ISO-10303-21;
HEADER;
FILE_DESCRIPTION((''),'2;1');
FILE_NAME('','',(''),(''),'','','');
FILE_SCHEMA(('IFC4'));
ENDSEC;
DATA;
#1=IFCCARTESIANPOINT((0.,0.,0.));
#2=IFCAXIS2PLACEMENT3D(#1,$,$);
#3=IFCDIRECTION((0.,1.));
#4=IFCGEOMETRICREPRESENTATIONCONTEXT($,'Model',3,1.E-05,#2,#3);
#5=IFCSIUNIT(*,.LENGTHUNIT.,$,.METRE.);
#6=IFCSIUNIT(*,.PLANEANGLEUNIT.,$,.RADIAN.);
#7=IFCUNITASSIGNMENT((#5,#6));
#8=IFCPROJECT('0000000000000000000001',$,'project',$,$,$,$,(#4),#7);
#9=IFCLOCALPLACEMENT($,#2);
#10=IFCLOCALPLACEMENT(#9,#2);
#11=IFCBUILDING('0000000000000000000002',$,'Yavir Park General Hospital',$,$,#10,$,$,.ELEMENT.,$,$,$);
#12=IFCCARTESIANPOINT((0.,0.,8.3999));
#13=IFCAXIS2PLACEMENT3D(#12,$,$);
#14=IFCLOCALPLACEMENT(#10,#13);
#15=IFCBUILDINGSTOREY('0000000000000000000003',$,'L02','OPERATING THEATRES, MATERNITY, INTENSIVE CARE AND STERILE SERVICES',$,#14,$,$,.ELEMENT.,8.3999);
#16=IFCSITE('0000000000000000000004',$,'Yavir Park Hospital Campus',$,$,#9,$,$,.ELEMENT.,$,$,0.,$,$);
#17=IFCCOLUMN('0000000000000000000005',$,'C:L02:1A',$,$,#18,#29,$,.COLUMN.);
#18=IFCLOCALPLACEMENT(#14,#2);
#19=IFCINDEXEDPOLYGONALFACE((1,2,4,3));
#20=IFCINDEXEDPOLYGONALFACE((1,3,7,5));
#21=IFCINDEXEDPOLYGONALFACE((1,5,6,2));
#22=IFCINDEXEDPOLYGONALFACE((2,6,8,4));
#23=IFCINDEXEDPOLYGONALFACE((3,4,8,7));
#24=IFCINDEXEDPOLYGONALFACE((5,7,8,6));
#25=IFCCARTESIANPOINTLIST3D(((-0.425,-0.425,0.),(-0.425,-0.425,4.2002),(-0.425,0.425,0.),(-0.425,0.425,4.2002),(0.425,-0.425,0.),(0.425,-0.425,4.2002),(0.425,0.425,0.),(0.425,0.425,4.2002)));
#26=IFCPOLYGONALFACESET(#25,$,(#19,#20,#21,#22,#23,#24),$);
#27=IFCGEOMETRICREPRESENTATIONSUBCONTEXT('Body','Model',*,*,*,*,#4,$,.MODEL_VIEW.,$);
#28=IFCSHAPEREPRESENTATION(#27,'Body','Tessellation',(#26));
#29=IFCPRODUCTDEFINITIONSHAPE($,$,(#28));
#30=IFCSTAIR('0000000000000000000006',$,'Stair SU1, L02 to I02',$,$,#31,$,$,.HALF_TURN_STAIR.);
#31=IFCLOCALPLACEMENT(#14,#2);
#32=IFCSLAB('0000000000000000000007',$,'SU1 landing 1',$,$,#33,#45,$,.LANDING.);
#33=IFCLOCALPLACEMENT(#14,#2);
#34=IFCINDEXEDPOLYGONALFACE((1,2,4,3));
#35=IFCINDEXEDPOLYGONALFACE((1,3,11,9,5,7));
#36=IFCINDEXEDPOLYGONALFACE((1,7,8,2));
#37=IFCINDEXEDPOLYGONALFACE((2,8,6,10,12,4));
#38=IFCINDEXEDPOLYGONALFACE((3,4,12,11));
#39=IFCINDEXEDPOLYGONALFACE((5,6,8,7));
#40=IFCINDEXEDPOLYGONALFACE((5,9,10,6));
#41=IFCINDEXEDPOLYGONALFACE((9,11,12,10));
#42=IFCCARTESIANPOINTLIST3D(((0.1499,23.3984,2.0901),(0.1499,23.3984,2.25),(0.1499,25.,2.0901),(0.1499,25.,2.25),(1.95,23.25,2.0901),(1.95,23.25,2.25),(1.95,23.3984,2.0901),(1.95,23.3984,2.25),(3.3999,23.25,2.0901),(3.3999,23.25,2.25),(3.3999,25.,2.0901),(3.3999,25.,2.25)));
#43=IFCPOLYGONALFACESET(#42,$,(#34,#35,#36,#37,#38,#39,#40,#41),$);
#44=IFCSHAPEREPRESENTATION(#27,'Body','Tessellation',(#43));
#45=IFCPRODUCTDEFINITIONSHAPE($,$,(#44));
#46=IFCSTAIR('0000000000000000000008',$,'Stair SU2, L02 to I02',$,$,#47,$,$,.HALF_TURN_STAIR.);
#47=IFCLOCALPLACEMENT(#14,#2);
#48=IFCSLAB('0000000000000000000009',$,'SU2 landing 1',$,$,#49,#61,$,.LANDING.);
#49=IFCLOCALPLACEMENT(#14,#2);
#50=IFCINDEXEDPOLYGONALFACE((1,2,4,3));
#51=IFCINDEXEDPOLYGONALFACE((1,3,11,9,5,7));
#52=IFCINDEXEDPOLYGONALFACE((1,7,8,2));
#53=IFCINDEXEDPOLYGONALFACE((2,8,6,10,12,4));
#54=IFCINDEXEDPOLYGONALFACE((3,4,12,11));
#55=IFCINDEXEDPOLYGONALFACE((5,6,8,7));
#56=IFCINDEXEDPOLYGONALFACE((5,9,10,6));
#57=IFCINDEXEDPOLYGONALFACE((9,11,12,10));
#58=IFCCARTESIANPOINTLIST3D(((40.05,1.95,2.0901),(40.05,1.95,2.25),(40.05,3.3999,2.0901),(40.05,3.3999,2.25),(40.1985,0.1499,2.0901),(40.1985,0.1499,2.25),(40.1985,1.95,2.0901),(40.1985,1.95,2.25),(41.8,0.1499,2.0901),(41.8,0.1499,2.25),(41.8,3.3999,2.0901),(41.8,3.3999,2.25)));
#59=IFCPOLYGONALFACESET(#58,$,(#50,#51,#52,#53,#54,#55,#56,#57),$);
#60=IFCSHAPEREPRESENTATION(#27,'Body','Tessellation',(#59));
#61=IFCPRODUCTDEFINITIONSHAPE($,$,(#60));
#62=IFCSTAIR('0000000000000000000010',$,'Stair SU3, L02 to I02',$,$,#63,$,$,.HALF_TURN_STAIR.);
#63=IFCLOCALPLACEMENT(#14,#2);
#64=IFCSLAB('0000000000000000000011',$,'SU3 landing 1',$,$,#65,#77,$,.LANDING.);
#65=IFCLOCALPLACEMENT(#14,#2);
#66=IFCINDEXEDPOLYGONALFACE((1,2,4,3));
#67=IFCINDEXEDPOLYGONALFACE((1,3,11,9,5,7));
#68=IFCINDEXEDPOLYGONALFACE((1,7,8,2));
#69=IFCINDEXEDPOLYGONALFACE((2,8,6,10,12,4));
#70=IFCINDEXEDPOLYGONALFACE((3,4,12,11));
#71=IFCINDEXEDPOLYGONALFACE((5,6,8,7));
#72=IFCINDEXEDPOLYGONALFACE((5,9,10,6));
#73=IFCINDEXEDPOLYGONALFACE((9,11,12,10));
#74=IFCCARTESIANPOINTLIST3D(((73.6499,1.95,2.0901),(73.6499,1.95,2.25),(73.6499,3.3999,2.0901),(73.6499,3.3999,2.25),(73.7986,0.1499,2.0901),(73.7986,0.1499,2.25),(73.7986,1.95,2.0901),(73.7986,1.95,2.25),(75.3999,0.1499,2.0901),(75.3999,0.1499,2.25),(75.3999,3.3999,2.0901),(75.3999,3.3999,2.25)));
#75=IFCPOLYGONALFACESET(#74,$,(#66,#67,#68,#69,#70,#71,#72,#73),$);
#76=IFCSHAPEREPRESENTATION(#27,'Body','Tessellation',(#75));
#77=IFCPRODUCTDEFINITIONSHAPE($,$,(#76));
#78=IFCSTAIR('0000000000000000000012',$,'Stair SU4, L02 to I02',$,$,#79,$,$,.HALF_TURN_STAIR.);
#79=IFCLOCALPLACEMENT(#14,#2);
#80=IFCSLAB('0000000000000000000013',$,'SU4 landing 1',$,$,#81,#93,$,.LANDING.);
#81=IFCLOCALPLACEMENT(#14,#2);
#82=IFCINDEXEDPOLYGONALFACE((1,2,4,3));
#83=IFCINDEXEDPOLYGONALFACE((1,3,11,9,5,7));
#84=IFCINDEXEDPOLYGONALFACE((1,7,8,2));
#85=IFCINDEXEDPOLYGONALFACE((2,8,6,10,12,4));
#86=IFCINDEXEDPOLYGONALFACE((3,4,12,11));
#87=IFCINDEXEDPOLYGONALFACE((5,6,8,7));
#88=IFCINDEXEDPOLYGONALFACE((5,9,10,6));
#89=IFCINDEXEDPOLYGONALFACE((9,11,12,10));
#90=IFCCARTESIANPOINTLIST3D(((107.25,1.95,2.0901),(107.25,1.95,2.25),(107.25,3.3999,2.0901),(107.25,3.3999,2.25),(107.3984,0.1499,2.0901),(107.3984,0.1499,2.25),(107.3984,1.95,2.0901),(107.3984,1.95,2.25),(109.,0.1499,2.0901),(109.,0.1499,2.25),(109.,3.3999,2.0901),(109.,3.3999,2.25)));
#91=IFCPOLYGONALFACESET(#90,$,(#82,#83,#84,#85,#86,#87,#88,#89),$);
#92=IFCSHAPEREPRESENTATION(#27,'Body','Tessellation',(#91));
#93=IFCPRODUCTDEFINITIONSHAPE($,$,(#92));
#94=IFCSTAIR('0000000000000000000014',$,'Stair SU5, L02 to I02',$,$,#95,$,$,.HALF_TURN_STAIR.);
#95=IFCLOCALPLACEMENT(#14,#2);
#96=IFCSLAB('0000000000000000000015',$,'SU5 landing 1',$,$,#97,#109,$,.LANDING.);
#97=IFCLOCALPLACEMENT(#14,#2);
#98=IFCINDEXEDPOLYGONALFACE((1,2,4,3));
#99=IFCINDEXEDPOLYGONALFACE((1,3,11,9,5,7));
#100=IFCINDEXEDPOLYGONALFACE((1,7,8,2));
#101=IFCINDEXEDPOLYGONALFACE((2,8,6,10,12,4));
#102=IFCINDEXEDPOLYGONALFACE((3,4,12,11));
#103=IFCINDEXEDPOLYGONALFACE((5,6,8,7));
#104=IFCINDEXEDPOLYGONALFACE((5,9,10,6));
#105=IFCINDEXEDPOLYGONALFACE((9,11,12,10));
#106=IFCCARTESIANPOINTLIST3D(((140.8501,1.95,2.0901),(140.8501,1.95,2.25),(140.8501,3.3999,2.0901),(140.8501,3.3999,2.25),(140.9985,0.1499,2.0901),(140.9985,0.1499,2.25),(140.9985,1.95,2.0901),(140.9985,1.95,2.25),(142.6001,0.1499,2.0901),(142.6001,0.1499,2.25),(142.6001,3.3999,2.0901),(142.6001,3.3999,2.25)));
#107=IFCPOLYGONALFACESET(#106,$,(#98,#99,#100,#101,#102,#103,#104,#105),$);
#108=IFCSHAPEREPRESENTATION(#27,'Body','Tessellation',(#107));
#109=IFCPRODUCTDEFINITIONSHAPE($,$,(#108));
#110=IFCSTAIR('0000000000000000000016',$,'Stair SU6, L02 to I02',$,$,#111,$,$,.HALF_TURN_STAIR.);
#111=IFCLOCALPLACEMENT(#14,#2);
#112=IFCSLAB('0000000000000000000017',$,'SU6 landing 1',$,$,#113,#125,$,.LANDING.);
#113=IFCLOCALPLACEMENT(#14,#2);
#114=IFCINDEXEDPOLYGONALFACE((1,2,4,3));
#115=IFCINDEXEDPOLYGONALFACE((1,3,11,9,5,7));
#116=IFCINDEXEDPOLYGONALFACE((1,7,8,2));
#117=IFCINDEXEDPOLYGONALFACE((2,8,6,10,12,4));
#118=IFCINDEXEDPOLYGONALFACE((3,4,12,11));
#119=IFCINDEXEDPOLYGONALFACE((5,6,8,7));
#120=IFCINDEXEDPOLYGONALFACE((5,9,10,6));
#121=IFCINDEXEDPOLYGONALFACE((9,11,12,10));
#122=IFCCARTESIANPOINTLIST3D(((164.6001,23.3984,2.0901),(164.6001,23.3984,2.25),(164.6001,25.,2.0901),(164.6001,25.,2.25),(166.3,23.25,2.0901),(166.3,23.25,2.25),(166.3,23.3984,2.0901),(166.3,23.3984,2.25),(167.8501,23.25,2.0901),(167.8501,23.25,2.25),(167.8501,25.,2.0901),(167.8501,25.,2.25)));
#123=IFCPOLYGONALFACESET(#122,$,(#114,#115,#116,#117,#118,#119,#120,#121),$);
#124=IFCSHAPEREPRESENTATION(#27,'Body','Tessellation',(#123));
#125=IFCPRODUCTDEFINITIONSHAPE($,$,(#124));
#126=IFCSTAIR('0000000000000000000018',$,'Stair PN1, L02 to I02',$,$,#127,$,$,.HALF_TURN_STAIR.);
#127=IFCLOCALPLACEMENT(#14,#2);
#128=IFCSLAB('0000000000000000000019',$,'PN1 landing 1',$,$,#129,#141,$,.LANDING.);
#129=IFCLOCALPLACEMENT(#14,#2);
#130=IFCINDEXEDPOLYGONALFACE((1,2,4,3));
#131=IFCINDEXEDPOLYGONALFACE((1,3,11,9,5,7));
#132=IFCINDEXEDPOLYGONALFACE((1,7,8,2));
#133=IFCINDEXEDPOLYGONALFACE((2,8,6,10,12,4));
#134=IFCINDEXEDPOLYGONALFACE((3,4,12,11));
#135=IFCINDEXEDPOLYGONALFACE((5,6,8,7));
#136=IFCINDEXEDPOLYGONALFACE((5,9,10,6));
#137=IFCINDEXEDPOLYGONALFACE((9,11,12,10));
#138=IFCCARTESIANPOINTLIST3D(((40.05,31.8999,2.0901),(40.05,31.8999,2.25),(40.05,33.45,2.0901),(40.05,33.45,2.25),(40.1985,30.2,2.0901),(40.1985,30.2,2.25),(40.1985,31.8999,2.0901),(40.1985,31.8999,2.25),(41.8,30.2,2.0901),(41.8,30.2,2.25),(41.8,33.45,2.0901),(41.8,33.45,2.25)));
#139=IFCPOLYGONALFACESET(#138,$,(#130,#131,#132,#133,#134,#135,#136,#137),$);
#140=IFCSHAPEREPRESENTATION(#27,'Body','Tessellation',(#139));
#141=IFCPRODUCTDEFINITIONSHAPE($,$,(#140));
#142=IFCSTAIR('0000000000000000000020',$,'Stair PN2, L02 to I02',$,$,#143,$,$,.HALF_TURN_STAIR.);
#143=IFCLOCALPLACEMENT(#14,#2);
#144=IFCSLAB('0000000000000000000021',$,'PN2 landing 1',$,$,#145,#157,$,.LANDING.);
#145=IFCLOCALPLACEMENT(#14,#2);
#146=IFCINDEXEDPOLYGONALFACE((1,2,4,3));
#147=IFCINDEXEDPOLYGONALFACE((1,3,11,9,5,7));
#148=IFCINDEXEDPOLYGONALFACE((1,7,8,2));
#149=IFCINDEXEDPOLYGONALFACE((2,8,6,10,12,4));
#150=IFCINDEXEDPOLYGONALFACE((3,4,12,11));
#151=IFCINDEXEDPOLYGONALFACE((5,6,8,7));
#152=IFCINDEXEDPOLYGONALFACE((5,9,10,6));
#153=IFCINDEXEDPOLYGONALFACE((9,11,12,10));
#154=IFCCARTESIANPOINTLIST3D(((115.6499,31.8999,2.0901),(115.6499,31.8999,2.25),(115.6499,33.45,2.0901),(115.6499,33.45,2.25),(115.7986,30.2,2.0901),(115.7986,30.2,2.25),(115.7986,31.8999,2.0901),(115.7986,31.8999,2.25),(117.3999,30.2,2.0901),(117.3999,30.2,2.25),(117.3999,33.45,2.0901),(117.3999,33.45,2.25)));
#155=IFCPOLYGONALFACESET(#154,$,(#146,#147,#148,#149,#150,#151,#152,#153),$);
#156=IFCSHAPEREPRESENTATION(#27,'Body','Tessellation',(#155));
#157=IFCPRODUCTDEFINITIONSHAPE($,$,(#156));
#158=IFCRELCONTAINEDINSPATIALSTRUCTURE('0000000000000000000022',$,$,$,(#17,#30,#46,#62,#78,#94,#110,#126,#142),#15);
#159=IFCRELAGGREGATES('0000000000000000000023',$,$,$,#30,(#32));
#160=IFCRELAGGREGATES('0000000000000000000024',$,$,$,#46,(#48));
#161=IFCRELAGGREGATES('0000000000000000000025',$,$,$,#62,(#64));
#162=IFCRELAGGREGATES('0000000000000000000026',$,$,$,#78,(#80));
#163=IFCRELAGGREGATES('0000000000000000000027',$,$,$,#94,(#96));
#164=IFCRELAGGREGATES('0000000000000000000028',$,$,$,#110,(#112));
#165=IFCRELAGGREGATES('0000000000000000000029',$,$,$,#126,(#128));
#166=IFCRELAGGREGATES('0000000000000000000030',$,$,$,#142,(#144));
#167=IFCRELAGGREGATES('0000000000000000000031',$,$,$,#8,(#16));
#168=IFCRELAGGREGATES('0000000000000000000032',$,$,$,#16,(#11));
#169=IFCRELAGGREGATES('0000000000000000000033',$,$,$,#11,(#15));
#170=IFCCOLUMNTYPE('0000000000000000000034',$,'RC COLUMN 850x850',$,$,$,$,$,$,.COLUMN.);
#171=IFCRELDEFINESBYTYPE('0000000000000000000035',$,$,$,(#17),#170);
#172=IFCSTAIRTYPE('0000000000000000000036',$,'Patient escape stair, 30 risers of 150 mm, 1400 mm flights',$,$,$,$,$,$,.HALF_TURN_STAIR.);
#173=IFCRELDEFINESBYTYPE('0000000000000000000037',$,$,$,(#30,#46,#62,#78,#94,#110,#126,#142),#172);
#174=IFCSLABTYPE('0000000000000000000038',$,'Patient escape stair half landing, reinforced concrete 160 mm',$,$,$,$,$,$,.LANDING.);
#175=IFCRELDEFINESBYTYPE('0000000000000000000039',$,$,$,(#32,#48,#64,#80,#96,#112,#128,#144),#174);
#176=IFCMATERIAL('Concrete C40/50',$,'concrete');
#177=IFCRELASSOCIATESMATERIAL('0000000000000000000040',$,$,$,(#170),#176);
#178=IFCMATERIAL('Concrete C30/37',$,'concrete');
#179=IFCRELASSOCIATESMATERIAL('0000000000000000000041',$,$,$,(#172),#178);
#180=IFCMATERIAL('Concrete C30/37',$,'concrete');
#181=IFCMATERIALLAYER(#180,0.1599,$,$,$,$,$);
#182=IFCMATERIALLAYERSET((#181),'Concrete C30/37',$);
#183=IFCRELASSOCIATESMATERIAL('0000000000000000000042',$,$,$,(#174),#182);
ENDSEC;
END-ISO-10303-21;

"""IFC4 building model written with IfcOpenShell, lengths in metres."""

from ifc_helpers import new_model, si_unit, direction, frame, origin, origin_with_axes, origin_2d, place, context, subcontext, project, spatial, polyline, rectangle, outline, extrude, material, layer, layer_set, material_profile, profile_set, type_object, element, aggregate, save


model = new_model("IFC4")

# Units and contexts
model_context = context("Model", 3, precision=1e-05, world=origin(), true_north=direction((0.0, 1.0)))
body_context = subcontext(model_context, "Body", "Model", "MODEL_VIEW")
ifc_project = project(units=[si_unit("LENGTHUNIT", "METRE"), si_unit("PLANEANGLEUNIT", "RADIAN")], contexts=[model_context])

# Site, building, storey
site_placement = place(None, origin())
site = spatial("IfcSite", under=ifc_project, at=site_placement, Name="Yavir Park Hospital Campus", CompositionType="ELEMENT", RefElevation=0.0)
building_placement = place(site_placement, origin())
building = spatial("IfcBuilding", under=site, at=building_placement, Name="Yavir Park General Hospital", CompositionType="ELEMENT")
storey_placement = place(building_placement, frame((0.0, 0.0, 8.3999)))
storey = spatial("IfcBuildingStorey", under=building, at=storey_placement, Name="L02", Description="OPERATING THEATRES, MATERNITY, INTENSIVE CARE AND STERILE SERVICES", CompositionType="ELEMENT", Elevation=8.3999)

# Column
ifc_material_1 = material(Name="Concrete C40/50", Category="concrete")
ifc_material_profile = material_profile(ifc_material_1, rectangle(XDim=0.8501, YDim=0.8501, at=origin_2d()), Name="RC850x850")
ifc_profile_set = profile_set([ifc_material_profile], Name="Concrete C40/50")
column_type = type_object("IfcColumnType", Name="RC COLUMN 850x850", PredefinedType="COLUMN", material=ifc_profile_set)
column_placement = place(storey_placement, origin_with_axes())
element("IfcColumn", 1, at=column_placement, inside=storey, type_object=column_type, Name="C:L02:1A", PredefinedType="COLUMN", context=body_context, shape_type="SweptSolid", body=[
    extrude(rectangle(XDim=0.8501, YDim=0.8501, at=origin_2d()), origin(), (0.0, 0.0, 1.0), 4.2002),
])

# Stairs, slabs
ifc_material_2 = material(Name="Concrete C30/37", Category="concrete")
stair_type = type_object("IfcStairType", Name="Patient escape stair, 30 risers of 150 mm, 1400 mm flights", PredefinedType="HALF_TURN_STAIR", material=ifc_material_2)
stair_1_placement = place(storey_placement, origin())
stair_1 = element("IfcStair", 2, at=stair_1_placement, inside=storey, type_object=stair_type, Name="Stair SU1, L02 to I02", PredefinedType="HALF_TURN_STAIR")
ifc_material_3 = material(Name="Concrete C30/37", Category="concrete")
ifc_layer_1 = layer(ifc_material_3, 0.1599)
ifc_layer_set_1 = layer_set([ifc_layer_1], Name="Concrete C30/37")
slab_type_1 = type_object("IfcSlabType", Name="Patient escape stair half landing, reinforced concrete 160 mm", PredefinedType="LANDING", material=ifc_layer_set_1)
slab_1_placement = place(storey_placement, frame((0.0, 0.0, 2.0901)))
slab_1 = element("IfcSlab", 3, at=slab_1_placement, type_object=slab_type_1, Name="SU1 landing 1", PredefinedType="LANDING", context=body_context, shape_type="SweptSolid", body=[
    extrude(outline(polyline([(0.1499, 23.3984), (0.1499, 25.0), (3.3999, 25.0), (3.3999, 23.25), (1.95, 23.25), (1.95, 23.3984), (0.1499, 23.3984)])), origin(), (0.0, 0.0, 1.0), 0.1599),
])
aggregate(stair_1, [slab_1])
stair_2_placement = place(storey_placement, origin())
stair_2 = element("IfcStair", 4, at=stair_2_placement, inside=storey, type_object=stair_type, Name="Stair SU2, L02 to I02", PredefinedType="HALF_TURN_STAIR")
slab_2_placement = place(storey_placement, frame((0.0, 0.0, 2.0901)))
slab_2 = element("IfcSlab", 5, at=slab_2_placement, type_object=slab_type_1, Name="SU2 landing 1", PredefinedType="LANDING", context=body_context, shape_type="SweptSolid", body=[
    extrude(outline(polyline([(40.1985, 0.1499), (41.8, 0.1499), (41.8, 3.3999), (40.05, 3.3999), (40.05, 1.95), (40.1985, 1.95), (40.1985, 0.1499)])), origin(), (0.0, 0.0, 1.0), 0.1599),
])
aggregate(stair_2, [slab_2])
stair_3_placement = place(storey_placement, origin())
stair_3 = element("IfcStair", 6, at=stair_3_placement, inside=storey, type_object=stair_type, Name="Stair SU3, L02 to I02", PredefinedType="HALF_TURN_STAIR")
slab_3_placement = place(storey_placement, frame((0.0, 0.0, 2.0901)))
slab_3 = element("IfcSlab", 7, at=slab_3_placement, type_object=slab_type_1, Name="SU3 landing 1", PredefinedType="LANDING", context=body_context, shape_type="SweptSolid", body=[
    extrude(outline(polyline([(73.7986, 0.1499), (75.3999, 0.1499), (75.3999, 3.3999), (73.6499, 3.3999), (73.6499, 1.95), (73.7986, 1.95), (73.7986, 0.1499)])), origin(), (0.0, 0.0, 1.0), 0.1599),
])
aggregate(stair_3, [slab_3])
stair_4_placement = place(storey_placement, origin())
stair_4 = element("IfcStair", 8, at=stair_4_placement, inside=storey, type_object=stair_type, Name="Stair SU4, L02 to I02", PredefinedType="HALF_TURN_STAIR")
slab_4_placement = place(storey_placement, frame((0.0, 0.0, 2.0901)))
slab_4 = element("IfcSlab", 9, at=slab_4_placement, type_object=slab_type_1, Name="SU4 landing 1", PredefinedType="LANDING", context=body_context, shape_type="SweptSolid", body=[
    extrude(outline(polyline([(107.3984, 0.1499), (109.0, 0.1499), (109.0, 3.3999), (107.25, 3.3999), (107.25, 1.95), (107.3984, 1.95), (107.3984, 0.1499)])), origin(), (0.0, 0.0, 1.0), 0.1599),
])
aggregate(stair_4, [slab_4])
stair_5_placement = place(storey_placement, origin())
stair_5 = element("IfcStair", 10, at=stair_5_placement, inside=storey, type_object=stair_type, Name="Stair SU5, L02 to I02", PredefinedType="HALF_TURN_STAIR")
slab_5_placement = place(storey_placement, frame((0.0, 0.0, 2.0901)))
slab_5 = element("IfcSlab", 11, at=slab_5_placement, type_object=slab_type_1, Name="SU5 landing 1", PredefinedType="LANDING", context=body_context, shape_type="SweptSolid", body=[
    extrude(outline(polyline([(140.9985, 0.1499), (142.6001, 0.1499), (142.6001, 3.3999), (140.8501, 3.3999), (140.8501, 1.95), (140.9985, 1.95), (140.9985, 0.1499)])), origin(), (0.0, 0.0, 1.0), 0.1599),
])
aggregate(stair_5, [slab_5])
stair_6_placement = place(storey_placement, origin())
stair_6 = element("IfcStair", 12, at=stair_6_placement, inside=storey, type_object=stair_type, Name="Stair SU6, L02 to I02", PredefinedType="HALF_TURN_STAIR")
slab_6_placement = place(storey_placement, frame((0.0, 0.0, 2.0901)))
slab_6 = element("IfcSlab", 13, at=slab_6_placement, type_object=slab_type_1, Name="SU6 landing 1", PredefinedType="LANDING", context=body_context, shape_type="SweptSolid", body=[
    extrude(outline(polyline([(164.6001, 23.3984), (164.6001, 25.0), (167.8501, 25.0), (167.8501, 23.25), (166.3, 23.25), (166.3, 23.3984), (164.6001, 23.3984)])), origin(), (0.0, 0.0, 1.0), 0.1599),
])
aggregate(stair_6, [slab_6])
stair_7_placement = place(storey_placement, origin())
stair_7 = element("IfcStair", 14, at=stair_7_placement, inside=storey, type_object=stair_type, Name="Stair PN1, L02 to I02", PredefinedType="HALF_TURN_STAIR")
slab_7_placement = place(storey_placement, frame((0.0, 0.0, 2.0901)))
slab_7 = element("IfcSlab", 15, at=slab_7_placement, type_object=slab_type_1, Name="PN1 landing 1", PredefinedType="LANDING", context=body_context, shape_type="SweptSolid", body=[
    extrude(outline(polyline([(40.1985, 30.2), (41.8, 30.2), (41.8, 33.45), (40.05, 33.45), (40.05, 31.8999), (40.1985, 31.8999), (40.1985, 30.2)])), origin(), (0.0, 0.0, 1.0), 0.1599),
])
aggregate(stair_7, [slab_7])
stair_8_placement = place(storey_placement, origin())
stair_8 = element("IfcStair", 16, at=stair_8_placement, inside=storey, type_object=stair_type, Name="Stair PN2, L02 to I02", PredefinedType="HALF_TURN_STAIR")
slab_8_placement = place(storey_placement, frame((0.0, 0.0, 2.0901)))
slab_8 = element("IfcSlab", 17, at=slab_8_placement, type_object=slab_type_1, Name="PN2 landing 1", PredefinedType="LANDING", context=body_context, shape_type="SweptSolid", body=[
    extrude(outline(polyline([(115.7986, 30.2), (117.3999, 30.2), (117.3999, 33.45), (115.6499, 33.45), (115.6499, 31.8999), (115.7986, 31.8999), (115.7986, 30.2)])), origin(), (0.0, 0.0, 1.0), 0.1599),
])
aggregate(stair_8, [slab_8])

save(model, "model.ifc")
